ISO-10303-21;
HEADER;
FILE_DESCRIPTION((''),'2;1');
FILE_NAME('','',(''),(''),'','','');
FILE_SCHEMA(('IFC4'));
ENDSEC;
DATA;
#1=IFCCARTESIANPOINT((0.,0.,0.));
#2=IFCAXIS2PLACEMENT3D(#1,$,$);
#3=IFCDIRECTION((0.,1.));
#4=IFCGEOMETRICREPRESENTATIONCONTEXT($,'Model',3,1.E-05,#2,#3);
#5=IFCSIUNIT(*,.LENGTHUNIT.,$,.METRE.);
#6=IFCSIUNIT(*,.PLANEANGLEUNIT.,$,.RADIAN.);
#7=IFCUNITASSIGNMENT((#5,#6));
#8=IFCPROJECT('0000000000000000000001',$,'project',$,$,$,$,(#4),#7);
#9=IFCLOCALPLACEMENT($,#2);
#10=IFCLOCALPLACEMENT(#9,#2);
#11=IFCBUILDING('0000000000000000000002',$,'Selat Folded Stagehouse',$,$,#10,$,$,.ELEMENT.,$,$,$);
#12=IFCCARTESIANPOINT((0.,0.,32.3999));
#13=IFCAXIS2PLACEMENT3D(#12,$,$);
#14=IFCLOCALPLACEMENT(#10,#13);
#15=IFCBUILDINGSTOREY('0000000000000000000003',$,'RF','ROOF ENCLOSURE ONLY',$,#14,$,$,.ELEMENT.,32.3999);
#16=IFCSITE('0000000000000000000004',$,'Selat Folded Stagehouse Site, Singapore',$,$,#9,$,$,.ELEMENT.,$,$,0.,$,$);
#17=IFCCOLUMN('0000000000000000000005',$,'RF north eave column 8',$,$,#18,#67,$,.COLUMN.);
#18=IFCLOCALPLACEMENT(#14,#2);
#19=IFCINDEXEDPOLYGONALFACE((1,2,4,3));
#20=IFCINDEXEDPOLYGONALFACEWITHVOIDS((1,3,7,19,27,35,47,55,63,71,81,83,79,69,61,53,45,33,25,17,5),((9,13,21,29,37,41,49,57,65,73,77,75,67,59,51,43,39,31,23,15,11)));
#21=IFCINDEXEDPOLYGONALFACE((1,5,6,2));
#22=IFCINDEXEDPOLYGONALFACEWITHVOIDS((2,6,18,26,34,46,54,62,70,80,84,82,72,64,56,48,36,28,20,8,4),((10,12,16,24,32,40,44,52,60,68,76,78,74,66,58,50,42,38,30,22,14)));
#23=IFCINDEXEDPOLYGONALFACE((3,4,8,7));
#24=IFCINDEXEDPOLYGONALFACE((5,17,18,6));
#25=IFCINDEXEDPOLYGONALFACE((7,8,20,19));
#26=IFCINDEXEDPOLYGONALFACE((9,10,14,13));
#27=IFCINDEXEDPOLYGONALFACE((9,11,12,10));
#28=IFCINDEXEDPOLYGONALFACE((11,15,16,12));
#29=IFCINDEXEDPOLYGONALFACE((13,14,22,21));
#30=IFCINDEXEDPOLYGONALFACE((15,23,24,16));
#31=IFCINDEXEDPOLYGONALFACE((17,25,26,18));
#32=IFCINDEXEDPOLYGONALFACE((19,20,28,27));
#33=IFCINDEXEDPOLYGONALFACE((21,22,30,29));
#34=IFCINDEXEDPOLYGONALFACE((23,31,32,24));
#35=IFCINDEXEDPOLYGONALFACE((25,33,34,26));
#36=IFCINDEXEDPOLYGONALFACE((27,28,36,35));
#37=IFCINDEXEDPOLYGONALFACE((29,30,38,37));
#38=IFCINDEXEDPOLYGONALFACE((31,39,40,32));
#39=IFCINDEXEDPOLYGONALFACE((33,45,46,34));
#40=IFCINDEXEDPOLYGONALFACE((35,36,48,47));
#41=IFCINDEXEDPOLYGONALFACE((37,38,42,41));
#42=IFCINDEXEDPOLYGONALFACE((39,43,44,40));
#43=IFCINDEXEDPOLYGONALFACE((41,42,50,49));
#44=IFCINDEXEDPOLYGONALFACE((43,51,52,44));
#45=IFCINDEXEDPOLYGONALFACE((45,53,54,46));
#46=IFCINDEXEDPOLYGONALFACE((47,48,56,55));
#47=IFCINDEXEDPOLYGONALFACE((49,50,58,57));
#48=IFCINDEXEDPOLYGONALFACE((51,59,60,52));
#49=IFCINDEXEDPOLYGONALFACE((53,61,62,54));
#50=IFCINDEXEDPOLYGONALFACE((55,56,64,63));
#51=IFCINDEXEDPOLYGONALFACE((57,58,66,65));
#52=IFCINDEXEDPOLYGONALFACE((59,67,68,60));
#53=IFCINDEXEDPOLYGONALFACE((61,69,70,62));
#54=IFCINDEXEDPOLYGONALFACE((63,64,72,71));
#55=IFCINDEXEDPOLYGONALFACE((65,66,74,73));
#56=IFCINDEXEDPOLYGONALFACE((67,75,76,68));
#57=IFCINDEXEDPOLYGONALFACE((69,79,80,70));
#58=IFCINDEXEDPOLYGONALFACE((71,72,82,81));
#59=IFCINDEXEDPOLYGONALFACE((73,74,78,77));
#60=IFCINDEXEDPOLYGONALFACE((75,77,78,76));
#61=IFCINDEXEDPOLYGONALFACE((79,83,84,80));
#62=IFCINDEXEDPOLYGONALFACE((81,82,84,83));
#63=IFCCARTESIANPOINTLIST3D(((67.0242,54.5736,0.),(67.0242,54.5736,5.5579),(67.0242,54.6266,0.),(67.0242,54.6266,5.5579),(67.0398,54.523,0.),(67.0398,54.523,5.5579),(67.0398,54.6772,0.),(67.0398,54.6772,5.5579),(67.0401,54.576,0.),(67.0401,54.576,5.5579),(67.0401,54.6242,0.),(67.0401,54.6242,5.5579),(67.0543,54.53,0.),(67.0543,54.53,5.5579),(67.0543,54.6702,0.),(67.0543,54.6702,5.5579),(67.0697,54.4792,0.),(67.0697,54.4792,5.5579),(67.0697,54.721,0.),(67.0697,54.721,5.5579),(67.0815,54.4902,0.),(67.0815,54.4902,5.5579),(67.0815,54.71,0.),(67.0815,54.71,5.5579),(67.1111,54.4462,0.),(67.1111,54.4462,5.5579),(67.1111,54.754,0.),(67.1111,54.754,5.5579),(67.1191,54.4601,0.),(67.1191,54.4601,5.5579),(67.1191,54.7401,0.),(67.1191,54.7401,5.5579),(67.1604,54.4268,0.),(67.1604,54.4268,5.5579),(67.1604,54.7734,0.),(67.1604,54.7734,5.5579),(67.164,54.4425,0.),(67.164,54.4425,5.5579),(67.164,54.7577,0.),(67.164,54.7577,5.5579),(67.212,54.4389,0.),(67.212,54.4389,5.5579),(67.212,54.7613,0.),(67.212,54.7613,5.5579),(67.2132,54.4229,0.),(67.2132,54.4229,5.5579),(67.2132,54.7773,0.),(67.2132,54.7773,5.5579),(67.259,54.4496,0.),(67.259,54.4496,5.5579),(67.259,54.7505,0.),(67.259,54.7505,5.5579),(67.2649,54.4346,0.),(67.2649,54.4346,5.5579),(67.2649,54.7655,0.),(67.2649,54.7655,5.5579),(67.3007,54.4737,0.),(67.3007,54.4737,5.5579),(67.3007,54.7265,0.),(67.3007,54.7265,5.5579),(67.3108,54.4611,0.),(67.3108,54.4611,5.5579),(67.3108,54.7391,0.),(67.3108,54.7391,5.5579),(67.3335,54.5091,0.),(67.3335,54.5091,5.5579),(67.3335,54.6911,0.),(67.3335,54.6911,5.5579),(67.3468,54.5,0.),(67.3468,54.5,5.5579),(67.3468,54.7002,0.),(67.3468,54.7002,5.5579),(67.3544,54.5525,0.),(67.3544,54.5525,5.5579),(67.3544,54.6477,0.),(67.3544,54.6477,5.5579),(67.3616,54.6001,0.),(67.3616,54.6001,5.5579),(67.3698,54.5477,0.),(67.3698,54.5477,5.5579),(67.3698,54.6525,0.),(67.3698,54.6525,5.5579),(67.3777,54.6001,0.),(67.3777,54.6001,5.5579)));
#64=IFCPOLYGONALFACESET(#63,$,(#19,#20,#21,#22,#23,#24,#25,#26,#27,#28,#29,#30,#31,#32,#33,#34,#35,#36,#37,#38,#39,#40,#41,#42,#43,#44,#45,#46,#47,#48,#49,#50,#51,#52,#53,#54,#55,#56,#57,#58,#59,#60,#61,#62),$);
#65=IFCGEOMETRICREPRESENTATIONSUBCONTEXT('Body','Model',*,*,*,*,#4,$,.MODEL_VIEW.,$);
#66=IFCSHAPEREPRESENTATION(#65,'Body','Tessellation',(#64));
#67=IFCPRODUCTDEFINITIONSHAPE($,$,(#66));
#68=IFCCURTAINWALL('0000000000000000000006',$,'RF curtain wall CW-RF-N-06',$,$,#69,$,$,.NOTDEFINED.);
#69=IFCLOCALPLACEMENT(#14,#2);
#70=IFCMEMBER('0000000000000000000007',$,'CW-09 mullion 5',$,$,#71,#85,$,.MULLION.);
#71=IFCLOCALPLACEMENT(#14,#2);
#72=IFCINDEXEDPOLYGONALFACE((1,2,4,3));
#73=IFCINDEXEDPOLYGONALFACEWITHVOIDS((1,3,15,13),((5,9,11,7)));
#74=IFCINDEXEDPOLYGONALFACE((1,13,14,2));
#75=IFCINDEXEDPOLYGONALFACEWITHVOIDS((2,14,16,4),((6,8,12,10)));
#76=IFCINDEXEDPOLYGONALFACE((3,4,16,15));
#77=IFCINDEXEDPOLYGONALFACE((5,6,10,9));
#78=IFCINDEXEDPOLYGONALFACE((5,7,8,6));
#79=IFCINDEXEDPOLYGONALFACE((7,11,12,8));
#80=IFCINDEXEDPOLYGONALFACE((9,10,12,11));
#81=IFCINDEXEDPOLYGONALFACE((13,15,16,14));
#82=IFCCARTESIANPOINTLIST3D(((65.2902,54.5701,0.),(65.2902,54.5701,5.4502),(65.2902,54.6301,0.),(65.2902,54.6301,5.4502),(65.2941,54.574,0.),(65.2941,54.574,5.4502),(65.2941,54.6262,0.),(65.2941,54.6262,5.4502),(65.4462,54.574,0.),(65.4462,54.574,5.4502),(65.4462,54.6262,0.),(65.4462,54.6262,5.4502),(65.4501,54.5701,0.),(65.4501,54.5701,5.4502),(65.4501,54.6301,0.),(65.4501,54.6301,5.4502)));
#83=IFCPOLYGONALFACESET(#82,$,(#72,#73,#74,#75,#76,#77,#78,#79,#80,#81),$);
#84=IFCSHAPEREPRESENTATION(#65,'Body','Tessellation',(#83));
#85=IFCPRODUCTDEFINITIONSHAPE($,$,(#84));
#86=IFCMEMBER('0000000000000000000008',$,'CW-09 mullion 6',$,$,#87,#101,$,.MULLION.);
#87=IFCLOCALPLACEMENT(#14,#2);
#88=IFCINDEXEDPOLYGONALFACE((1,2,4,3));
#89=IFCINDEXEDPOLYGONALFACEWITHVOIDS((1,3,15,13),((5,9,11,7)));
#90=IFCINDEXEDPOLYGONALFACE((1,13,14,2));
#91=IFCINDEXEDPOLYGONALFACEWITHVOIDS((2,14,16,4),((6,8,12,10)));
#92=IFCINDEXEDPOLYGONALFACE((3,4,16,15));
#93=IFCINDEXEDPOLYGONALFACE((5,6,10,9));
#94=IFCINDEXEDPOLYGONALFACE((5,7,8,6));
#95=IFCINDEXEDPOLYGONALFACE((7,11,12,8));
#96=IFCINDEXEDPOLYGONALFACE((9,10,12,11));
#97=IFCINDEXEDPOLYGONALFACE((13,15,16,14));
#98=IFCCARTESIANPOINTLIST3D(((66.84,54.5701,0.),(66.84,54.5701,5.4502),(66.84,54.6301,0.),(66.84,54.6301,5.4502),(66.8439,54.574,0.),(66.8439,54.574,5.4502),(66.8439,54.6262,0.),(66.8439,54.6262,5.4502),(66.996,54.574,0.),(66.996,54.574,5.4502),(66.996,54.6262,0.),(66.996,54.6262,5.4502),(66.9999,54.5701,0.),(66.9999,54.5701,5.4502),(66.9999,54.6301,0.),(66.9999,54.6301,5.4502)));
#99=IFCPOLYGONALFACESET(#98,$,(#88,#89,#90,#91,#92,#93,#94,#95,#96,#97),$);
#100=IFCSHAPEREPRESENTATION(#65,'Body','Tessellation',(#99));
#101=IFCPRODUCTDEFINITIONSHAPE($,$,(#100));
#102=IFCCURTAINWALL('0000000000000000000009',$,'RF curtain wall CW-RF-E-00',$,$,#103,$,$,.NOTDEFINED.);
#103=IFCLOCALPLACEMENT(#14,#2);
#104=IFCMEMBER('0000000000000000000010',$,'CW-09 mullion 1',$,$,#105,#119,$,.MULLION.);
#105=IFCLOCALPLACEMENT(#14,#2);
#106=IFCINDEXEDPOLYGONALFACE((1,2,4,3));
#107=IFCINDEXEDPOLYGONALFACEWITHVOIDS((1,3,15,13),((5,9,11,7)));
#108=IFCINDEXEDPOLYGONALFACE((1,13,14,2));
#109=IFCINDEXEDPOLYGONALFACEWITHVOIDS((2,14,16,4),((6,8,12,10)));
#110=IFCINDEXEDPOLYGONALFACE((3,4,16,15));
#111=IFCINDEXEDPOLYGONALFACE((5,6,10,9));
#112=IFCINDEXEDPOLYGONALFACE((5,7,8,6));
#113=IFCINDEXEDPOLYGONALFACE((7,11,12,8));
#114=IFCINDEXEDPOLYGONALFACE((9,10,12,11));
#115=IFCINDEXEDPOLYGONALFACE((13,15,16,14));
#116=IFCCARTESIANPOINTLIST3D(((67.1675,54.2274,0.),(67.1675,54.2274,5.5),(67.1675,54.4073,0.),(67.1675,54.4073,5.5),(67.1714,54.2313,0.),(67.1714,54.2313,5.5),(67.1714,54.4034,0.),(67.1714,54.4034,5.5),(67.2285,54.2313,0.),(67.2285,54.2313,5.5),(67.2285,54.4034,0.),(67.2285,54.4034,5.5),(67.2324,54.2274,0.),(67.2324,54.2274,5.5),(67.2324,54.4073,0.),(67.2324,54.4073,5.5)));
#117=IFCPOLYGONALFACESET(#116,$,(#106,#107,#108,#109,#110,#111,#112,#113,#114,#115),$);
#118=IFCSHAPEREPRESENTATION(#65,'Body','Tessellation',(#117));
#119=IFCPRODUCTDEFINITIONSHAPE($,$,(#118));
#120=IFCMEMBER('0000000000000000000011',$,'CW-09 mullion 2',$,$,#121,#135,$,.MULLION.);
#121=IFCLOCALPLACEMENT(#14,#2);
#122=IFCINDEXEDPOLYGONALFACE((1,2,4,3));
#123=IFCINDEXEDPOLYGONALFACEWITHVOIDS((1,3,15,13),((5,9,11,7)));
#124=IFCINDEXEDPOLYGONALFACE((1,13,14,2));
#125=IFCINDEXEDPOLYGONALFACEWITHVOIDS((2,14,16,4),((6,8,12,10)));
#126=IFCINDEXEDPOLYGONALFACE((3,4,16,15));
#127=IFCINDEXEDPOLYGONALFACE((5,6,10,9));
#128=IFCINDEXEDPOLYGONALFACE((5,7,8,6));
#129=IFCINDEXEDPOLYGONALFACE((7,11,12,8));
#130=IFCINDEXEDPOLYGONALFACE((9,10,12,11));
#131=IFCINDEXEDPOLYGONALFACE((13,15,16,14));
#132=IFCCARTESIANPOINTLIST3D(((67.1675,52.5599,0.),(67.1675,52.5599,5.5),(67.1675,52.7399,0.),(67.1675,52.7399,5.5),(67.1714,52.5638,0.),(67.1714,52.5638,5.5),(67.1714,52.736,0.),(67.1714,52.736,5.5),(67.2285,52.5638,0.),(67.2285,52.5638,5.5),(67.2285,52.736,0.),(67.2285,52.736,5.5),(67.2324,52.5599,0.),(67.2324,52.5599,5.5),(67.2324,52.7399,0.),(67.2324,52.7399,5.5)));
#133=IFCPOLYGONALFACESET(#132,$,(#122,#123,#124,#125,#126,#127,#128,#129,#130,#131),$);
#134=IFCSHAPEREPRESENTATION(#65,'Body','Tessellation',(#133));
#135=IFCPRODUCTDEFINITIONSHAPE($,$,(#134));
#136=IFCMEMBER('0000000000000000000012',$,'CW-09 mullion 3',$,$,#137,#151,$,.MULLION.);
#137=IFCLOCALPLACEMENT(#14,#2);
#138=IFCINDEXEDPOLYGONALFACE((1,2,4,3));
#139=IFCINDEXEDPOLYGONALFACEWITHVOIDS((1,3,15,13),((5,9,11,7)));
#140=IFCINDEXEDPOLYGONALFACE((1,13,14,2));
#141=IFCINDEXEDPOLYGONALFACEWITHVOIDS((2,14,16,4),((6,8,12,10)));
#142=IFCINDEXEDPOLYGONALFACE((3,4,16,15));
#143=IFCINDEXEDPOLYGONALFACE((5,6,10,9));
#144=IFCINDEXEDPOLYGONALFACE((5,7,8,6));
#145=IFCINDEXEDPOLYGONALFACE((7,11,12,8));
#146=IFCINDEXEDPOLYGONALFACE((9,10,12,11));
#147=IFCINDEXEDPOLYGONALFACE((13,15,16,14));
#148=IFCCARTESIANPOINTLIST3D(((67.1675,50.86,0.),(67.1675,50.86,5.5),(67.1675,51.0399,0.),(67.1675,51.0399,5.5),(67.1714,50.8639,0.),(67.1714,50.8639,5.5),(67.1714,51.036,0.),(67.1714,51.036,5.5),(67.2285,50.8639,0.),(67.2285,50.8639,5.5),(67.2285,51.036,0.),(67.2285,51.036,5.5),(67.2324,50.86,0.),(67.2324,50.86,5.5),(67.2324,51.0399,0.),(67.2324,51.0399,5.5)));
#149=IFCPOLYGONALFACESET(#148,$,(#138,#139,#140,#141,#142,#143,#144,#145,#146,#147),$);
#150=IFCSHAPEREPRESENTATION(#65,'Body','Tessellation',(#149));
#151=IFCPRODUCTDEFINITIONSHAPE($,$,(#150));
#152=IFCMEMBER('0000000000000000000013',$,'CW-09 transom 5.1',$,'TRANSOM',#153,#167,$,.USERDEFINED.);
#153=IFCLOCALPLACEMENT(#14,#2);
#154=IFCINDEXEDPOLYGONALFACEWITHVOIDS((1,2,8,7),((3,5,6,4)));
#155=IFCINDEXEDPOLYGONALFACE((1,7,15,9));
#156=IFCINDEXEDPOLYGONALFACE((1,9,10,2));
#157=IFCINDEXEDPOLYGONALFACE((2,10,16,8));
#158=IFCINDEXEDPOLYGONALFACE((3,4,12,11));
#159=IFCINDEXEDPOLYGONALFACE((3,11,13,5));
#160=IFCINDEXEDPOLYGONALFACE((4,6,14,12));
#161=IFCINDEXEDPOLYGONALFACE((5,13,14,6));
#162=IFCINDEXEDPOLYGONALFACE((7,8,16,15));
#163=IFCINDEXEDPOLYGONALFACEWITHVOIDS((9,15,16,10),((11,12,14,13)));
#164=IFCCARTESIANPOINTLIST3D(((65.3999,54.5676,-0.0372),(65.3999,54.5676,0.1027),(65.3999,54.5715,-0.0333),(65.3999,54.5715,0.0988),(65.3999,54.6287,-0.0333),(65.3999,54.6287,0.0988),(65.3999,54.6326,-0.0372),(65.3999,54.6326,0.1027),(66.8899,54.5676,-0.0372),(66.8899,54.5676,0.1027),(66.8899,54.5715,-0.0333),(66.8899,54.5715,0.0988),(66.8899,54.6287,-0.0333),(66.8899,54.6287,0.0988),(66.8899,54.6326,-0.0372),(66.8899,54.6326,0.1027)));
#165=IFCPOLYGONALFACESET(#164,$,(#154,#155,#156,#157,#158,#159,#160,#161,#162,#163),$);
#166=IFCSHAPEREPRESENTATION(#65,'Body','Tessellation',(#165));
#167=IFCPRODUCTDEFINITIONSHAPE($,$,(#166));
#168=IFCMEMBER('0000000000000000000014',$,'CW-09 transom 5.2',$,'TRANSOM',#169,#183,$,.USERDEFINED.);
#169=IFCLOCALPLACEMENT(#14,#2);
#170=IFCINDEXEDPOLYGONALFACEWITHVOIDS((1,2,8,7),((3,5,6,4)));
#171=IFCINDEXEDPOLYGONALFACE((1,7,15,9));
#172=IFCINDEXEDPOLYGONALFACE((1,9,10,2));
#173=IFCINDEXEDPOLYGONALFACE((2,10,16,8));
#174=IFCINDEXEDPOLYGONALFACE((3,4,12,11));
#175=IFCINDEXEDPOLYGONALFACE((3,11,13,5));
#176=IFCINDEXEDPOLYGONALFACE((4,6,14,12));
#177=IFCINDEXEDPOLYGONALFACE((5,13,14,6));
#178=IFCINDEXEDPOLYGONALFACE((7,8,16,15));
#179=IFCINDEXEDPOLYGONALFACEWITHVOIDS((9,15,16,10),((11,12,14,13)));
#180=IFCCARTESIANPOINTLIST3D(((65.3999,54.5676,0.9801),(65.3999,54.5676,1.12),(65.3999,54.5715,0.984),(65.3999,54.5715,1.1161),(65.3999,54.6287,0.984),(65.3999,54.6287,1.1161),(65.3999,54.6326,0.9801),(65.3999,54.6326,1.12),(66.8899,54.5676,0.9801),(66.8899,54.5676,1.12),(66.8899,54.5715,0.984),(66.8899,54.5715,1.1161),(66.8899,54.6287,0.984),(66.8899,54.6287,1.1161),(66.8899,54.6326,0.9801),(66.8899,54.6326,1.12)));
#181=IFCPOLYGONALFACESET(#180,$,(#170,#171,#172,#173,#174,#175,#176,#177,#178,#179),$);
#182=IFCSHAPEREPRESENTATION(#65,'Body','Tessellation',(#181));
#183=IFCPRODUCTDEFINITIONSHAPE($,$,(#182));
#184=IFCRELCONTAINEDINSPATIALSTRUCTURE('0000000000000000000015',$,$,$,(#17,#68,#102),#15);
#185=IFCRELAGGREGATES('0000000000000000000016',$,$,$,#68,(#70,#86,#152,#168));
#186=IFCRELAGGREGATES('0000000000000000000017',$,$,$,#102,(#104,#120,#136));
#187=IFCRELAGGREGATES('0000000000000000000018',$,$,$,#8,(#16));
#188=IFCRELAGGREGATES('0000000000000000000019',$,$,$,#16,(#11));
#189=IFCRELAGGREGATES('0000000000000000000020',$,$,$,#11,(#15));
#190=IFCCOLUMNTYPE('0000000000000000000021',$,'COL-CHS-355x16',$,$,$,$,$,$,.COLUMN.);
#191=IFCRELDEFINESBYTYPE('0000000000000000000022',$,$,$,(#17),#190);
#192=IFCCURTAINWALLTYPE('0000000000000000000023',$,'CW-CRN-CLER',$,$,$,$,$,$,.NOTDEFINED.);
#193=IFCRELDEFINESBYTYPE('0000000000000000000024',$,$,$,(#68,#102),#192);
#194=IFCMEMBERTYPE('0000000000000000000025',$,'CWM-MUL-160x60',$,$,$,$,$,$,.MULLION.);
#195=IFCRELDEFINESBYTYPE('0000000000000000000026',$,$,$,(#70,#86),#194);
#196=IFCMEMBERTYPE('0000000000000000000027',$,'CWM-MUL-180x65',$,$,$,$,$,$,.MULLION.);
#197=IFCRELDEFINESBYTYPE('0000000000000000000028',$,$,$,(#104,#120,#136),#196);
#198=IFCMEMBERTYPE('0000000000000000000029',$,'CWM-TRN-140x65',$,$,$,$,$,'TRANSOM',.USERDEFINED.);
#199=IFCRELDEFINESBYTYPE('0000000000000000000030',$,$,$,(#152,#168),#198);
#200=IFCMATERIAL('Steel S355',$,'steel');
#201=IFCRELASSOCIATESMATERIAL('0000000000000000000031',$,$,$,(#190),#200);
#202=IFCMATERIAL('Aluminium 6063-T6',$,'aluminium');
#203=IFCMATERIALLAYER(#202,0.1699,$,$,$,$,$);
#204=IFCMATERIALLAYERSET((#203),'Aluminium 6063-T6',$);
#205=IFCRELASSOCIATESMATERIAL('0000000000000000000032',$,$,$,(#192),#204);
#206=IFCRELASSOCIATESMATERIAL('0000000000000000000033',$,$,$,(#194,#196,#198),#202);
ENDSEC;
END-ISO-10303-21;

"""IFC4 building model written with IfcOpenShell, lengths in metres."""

from ifc_helpers import new_model, si_unit, direction, frame, origin, origin_2d, place, context, subcontext, project, spatial, hollow_rectangle, hollow_circle, extrude, material, layer, layer_set, material_profile, profile_set, type_object, element, aggregate, save


model = new_model("IFC4")

# Units and contexts
model_context = context("Model", 3, precision=1e-05, world=origin(), true_north=direction((0.0, 1.0)))
body_context = subcontext(model_context, "Body", "Model", "MODEL_VIEW")
ifc_project = project(units=[si_unit("LENGTHUNIT", "METRE"), si_unit("PLANEANGLEUNIT", "RADIAN")], contexts=[model_context])

# Site, building, storey
site_placement = place(None, origin())
site = spatial("IfcSite", under=ifc_project, at=site_placement, Name="Selat Folded Stagehouse Site, Singapore", CompositionType="ELEMENT", RefElevation=0.0)
building_placement = place(site_placement, origin())
building = spatial("IfcBuilding", under=site, at=building_placement, Name="Selat Folded Stagehouse", CompositionType="ELEMENT")
storey_placement = place(building_placement, frame((0.0, 0.0, 32.3999)))
storey = spatial("IfcBuildingStorey", under=building, at=storey_placement, Name="RF", Description="ROOF ENCLOSURE ONLY", CompositionType="ELEMENT", Elevation=32.3999)

# Column
ifc_material_1 = material(Name="Steel S355", Category="steel")
ifc_material_profile_1 = material_profile(ifc_material_1, hollow_circle(Radius=0.1777, WallThickness=0.0161, at=origin_2d()), Name="CHS 355.6x16.0")
ifc_profile_set_1 = profile_set([ifc_material_profile_1], Name="Steel S355")
column_type = type_object("IfcColumnType", Name="COL-CHS-355x16", PredefinedType="COLUMN", material=ifc_profile_set_1)
column_placement = place(storey_placement, frame((67.2, 54.6001, 0.0), z_axis=(0.0, 0.0, 1.0), x_axis=(1.0, 0.0, 0.0)))
element("IfcColumn", 1, at=column_placement, inside=storey, type_object=column_type, Name="RF north eave column 8", PredefinedType="COLUMN", context=body_context, shape_type="SweptSolid", body=[
    extrude(hollow_circle(Radius=0.1777, WallThickness=0.0161, at=origin_2d()), origin(), (0.0, 0.0, 1.0), 5.5579),
])

# Curtain walls, members
ifc_material_2 = material(Name="Aluminium 6063-T6", Category="aluminium")
ifc_layer_1 = layer(ifc_material_2, 0.1699)
ifc_layer_set_1 = layer_set([ifc_layer_1], Name="Aluminium 6063-T6")
curtain_wall_type = type_object("IfcCurtainWallType", Name="CW-CRN-CLER", PredefinedType="NOTDEFINED", material=ifc_layer_set_1)
curtain_wall_1_placement = place(storey_placement, origin())
curtain_wall_1 = element("IfcCurtainWall", 2, at=curtain_wall_1_placement, inside=storey, type_object=curtain_wall_type, Name="RF curtain wall CW-RF-N-06", PredefinedType="NOTDEFINED")
ifc_material_profile_2 = material_profile(ifc_material_2, hollow_rectangle(XDim=0.0601, YDim=0.1599, WallThickness=0.0039, at=origin_2d()), Name="ALU 160x60x4.0")
ifc_profile_set_2 = profile_set([ifc_material_profile_2], Name="Aluminium 6063-T6")
member_type_1 = type_object("IfcMemberType", Name="CWM-MUL-160x60", PredefinedType="MULLION", material=ifc_profile_set_2)
member_1_placement = place(storey_placement, frame((65.3701, 54.6001, 0.0), z_axis=(0.0, 0.0, 1.0), x_axis=(0.0, 1.0, 0.0)))
member_1 = element("IfcMember", 3, at=member_1_placement, type_object=member_type_1, Name="CW-09 mullion 5", PredefinedType="MULLION", context=body_context, shape_type="SweptSolid", body=[
    extrude(hollow_rectangle(XDim=0.0601, YDim=0.1599, WallThickness=0.0039, at=origin_2d()), origin(), (0.0, 0.0, 1.0), 5.4502),
])
member_2_placement = place(storey_placement, frame((66.9199, 54.6001, 0.0), z_axis=(0.0, 0.0, 1.0), x_axis=(0.0, 1.0, 0.0)))
member_2 = element("IfcMember", 4, at=member_2_placement, type_object=member_type_1, Name="CW-09 mullion 6", PredefinedType="MULLION", context=body_context, shape_type="SweptSolid", body=[
    extrude(hollow_rectangle(XDim=0.0601, YDim=0.1599, WallThickness=0.0039, at=origin_2d()), origin(), (0.0, 0.0, 1.0), 5.4502),
])
curtain_wall_2_placement = place(storey_placement, origin())
curtain_wall_2 = element("IfcCurtainWall", 5, at=curtain_wall_2_placement, inside=storey, type_object=curtain_wall_type, Name="RF curtain wall CW-RF-E-00", PredefinedType="NOTDEFINED")
ifc_material_profile_3 = material_profile(ifc_material_2, hollow_rectangle(XDim=0.0649, YDim=0.1799, WallThickness=0.0039, at=origin_2d()), Name="ALU 180x65x4.0")
ifc_profile_set_3 = profile_set([ifc_material_profile_3], Name="Aluminium 6063-T6")
member_type_2 = type_object("IfcMemberType", Name="CWM-MUL-180x65", PredefinedType="MULLION", material=ifc_profile_set_3)
member_3_placement = place(storey_placement, frame((67.2, 54.3174, 0.0), z_axis=(0.0, 0.0, 1.0), x_axis=(1.0, 0.0, 0.0)))
member_3 = element("IfcMember", 6, at=member_3_placement, type_object=member_type_2, Name="CW-09 mullion 1", PredefinedType="MULLION", context=body_context, shape_type="SweptSolid", body=[
    extrude(hollow_rectangle(XDim=0.0649, YDim=0.1799, WallThickness=0.0039, at=origin_2d()), origin(), (0.0, 0.0, 1.0), 5.5),
])
member_4_placement = place(storey_placement, frame((67.2, 52.6499, 0.0), z_axis=(0.0, 0.0, 1.0), x_axis=(1.0, 0.0, 0.0)))
member_4 = element("IfcMember", 7, at=member_4_placement, type_object=member_type_2, Name="CW-09 mullion 2", PredefinedType="MULLION", context=body_context, shape_type="SweptSolid", body=[
    extrude(hollow_rectangle(XDim=0.0649, YDim=0.1799, WallThickness=0.0039, at=origin_2d()), origin(), (0.0, 0.0, 1.0), 5.5),
])
member_5_placement = place(storey_placement, frame((67.2, 50.95, 0.0), z_axis=(0.0, 0.0, 1.0), x_axis=(1.0, 0.0, 0.0)))
member_5 = element("IfcMember", 8, at=member_5_placement, type_object=member_type_2, Name="CW-09 mullion 3", PredefinedType="MULLION", context=body_context, shape_type="SweptSolid", body=[
    extrude(hollow_rectangle(XDim=0.0649, YDim=0.1799, WallThickness=0.0039, at=origin_2d()), origin(), (0.0, 0.0, 1.0), 5.5),
])

# Members
ifc_material_profile_4 = material_profile(ifc_material_2, hollow_rectangle(XDim=0.0649, YDim=0.1399, WallThickness=0.0039, at=origin_2d()), Name="ALU 140x65x4.0")
ifc_profile_set_4 = profile_set([ifc_material_profile_4], Name="Aluminium 6063-T6")
member_type_3 = type_object("IfcMemberType", Name="CWM-TRN-140x65", ElementType="TRANSOM", PredefinedType="USERDEFINED", material=ifc_profile_set_4)
member_6_placement = place(storey_placement, frame((65.3999, 54.6001, 0.0327), z_axis=(1.0, 0.0, 0.0), x_axis=(0.0, 1.0, 0.0)))
member_6 = element("IfcMember", 9, at=member_6_placement, type_object=member_type_3, Name="CW-09 transom 5.1", ObjectType="TRANSOM", PredefinedType="USERDEFINED", context=body_context, shape_type="SweptSolid", body=[
    extrude(hollow_rectangle(XDim=0.0649, YDim=0.1399, WallThickness=0.0039, at=origin_2d()), origin(), (0.0, 0.0, 1.0), 1.49),
])
member_7_placement = place(storey_placement, frame((65.3999, 54.6001, 1.05), z_axis=(1.0, 0.0, 0.0), x_axis=(0.0, 1.0, 0.0)))
member_7 = element("IfcMember", 10, at=member_7_placement, type_object=member_type_3, Name="CW-09 transom 5.2", ObjectType="TRANSOM", PredefinedType="USERDEFINED", context=body_context, shape_type="SweptSolid", body=[
    extrude(hollow_rectangle(XDim=0.0649, YDim=0.1399, WallThickness=0.0039, at=origin_2d()), origin(), (0.0, 0.0, 1.0), 1.49),
])

aggregate(curtain_wall_1, [member_1, member_2, member_6, member_7])
aggregate(curtain_wall_2, [member_3, member_4, member_5])

save(model, "model.ifc")
